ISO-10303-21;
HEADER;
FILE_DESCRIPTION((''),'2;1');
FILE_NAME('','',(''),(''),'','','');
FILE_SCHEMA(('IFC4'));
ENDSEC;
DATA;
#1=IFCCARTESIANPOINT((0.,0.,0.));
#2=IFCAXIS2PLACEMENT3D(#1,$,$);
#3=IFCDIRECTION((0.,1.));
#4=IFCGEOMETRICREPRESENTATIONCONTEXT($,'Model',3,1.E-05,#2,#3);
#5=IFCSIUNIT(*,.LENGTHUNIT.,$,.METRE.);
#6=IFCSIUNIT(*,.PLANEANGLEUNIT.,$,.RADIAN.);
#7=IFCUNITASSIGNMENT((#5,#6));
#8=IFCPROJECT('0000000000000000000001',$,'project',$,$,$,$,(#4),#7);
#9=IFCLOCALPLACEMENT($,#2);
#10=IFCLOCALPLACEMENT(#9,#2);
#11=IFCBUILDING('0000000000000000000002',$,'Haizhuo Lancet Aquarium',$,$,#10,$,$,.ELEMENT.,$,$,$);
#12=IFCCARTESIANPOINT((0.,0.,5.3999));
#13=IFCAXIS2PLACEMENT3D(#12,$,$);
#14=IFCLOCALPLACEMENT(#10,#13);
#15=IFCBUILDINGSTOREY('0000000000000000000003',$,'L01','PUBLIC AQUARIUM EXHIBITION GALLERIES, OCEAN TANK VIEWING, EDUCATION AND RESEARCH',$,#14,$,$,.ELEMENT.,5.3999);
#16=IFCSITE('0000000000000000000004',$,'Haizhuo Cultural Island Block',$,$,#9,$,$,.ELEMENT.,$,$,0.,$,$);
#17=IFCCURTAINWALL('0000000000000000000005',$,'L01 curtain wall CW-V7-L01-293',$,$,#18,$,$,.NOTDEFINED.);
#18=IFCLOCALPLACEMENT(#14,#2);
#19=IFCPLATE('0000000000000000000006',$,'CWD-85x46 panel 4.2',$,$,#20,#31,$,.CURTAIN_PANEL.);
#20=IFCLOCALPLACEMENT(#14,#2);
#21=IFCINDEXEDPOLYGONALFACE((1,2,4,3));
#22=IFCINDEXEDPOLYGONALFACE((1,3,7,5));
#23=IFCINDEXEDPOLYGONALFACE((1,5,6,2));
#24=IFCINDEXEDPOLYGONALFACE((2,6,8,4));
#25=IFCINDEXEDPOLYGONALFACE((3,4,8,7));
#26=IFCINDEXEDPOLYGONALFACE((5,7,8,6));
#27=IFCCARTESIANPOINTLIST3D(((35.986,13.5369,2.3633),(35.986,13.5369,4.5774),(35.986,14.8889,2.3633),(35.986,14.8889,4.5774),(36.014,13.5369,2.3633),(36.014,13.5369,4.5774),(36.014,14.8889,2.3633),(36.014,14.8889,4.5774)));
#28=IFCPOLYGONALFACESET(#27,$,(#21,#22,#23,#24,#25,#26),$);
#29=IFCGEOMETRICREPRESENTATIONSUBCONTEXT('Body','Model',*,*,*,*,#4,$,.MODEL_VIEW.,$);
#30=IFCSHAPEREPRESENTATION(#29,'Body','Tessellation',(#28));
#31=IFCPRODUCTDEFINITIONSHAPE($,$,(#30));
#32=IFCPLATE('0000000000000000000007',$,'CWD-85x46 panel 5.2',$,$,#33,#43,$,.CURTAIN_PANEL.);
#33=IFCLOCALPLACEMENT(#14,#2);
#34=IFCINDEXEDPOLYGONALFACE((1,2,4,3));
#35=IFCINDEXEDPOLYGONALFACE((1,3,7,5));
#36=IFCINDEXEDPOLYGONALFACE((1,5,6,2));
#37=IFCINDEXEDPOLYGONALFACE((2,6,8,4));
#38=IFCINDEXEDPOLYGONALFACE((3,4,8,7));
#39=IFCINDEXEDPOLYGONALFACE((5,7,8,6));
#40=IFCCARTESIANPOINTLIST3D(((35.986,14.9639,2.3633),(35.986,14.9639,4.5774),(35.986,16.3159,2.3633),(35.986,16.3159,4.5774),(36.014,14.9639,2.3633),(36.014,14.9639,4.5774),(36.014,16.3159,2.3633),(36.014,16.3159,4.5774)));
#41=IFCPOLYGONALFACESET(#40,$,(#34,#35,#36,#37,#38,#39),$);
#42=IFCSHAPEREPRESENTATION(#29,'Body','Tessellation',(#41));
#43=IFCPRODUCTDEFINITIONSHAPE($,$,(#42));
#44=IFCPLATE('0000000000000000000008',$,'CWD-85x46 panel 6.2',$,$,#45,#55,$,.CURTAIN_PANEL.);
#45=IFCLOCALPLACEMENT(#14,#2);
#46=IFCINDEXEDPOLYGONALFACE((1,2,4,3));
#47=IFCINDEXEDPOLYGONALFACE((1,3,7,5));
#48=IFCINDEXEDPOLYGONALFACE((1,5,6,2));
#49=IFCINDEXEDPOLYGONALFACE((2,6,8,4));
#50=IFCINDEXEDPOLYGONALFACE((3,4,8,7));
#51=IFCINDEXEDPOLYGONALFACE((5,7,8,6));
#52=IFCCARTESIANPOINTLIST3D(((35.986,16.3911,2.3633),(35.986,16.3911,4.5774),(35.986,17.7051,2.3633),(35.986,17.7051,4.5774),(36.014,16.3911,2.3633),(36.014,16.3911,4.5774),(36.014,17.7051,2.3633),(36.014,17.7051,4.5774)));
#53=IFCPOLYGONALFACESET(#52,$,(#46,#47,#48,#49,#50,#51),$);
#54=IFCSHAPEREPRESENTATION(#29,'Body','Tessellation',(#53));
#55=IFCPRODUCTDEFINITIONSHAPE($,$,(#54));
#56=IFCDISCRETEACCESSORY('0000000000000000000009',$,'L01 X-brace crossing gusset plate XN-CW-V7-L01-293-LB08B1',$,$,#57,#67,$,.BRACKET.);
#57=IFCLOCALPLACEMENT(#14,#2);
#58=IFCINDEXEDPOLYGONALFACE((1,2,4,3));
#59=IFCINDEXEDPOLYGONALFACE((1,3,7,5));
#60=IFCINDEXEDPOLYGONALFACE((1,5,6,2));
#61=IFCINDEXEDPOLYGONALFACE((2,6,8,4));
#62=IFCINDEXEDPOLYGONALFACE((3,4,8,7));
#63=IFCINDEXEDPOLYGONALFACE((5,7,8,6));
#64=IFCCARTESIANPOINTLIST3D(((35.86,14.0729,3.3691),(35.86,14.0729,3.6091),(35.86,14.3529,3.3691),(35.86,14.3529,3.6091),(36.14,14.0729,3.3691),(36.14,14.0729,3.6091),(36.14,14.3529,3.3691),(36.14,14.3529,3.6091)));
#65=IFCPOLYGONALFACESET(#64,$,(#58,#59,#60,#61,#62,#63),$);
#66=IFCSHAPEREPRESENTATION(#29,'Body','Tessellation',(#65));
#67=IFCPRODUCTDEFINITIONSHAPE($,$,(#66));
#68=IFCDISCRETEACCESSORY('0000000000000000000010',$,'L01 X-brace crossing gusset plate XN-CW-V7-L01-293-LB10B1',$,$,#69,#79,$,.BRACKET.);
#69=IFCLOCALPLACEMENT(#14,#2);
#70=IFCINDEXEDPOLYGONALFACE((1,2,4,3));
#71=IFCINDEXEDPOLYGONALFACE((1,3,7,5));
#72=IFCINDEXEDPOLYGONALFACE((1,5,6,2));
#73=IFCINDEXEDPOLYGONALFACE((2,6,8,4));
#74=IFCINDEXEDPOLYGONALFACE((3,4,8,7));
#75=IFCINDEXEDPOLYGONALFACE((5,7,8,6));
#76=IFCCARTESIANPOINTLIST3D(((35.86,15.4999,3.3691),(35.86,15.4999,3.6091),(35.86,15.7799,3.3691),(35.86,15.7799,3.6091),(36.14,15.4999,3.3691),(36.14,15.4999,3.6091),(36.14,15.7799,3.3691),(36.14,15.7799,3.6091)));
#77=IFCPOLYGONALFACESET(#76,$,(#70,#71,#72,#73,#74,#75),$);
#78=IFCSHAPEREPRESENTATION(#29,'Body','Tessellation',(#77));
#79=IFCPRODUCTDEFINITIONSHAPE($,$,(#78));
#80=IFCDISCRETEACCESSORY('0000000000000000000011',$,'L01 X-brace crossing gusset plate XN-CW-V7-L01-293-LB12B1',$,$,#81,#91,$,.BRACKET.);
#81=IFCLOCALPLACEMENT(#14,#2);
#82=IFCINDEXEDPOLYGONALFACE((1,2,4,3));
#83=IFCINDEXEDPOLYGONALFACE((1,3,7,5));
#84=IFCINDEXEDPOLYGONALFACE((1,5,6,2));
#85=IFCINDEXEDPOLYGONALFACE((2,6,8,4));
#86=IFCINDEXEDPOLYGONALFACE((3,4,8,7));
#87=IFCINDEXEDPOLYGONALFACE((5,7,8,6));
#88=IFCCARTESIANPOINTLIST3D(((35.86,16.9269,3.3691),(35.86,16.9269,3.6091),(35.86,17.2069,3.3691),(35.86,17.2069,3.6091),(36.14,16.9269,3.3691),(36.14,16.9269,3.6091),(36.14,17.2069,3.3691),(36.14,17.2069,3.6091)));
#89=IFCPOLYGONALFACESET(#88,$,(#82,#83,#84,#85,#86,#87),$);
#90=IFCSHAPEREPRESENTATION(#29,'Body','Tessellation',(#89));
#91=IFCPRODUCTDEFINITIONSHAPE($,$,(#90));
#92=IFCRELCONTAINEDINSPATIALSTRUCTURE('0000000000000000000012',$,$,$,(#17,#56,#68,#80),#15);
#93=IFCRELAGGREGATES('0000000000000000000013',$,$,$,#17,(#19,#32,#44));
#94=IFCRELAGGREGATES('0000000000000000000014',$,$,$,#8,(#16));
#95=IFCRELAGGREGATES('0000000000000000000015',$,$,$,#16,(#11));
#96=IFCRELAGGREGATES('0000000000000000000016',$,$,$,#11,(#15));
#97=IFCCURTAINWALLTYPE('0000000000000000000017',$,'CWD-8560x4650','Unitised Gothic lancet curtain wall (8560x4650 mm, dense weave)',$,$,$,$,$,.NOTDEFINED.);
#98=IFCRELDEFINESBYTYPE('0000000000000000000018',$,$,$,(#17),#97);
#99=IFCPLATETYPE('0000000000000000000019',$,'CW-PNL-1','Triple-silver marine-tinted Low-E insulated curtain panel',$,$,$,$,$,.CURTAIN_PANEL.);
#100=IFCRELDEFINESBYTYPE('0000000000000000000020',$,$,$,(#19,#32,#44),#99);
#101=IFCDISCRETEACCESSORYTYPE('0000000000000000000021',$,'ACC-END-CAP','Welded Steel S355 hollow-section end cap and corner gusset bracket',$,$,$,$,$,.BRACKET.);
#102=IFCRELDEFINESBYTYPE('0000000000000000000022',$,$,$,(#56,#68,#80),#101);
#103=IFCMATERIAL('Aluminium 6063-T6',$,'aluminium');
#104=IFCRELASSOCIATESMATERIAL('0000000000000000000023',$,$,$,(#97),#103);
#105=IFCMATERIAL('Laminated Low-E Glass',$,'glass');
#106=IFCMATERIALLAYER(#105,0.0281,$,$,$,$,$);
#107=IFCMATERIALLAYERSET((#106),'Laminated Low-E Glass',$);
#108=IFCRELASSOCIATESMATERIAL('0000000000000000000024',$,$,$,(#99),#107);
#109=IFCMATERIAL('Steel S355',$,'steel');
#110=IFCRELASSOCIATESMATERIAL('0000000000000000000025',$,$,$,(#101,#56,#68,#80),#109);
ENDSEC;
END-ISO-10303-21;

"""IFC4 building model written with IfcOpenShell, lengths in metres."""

from ifc_helpers import new_model, si_unit, direction, frame, origin, origin_2d, place, context, subcontext, project, spatial, rectangle, extrude, material, layer, layer_set, type_object, element, aggregate, save


model = new_model("IFC4")

# Units and contexts
model_context = context("Model", 3, precision=1e-05, world=origin(), true_north=direction((0.0, 1.0)))
body_context = subcontext(model_context, "Body", "Model", "MODEL_VIEW")
ifc_project = project(units=[si_unit("LENGTHUNIT", "METRE"), si_unit("PLANEANGLEUNIT", "RADIAN")], contexts=[model_context])

# Site, building, storey
site_placement = place(None, origin())
site = spatial("IfcSite", under=ifc_project, at=site_placement, Name="Haizhuo Cultural Island Block", CompositionType="ELEMENT", RefElevation=0.0)
building_placement = place(site_placement, origin())
building = spatial("IfcBuilding", under=site, at=building_placement, Name="Haizhuo Lancet Aquarium", CompositionType="ELEMENT")
storey_placement = place(building_placement, frame((0.0, 0.0, 5.3999)))
storey = spatial("IfcBuildingStorey", under=building, at=storey_placement, Name="L01", Description="PUBLIC AQUARIUM EXHIBITION GALLERIES, OCEAN TANK VIEWING, EDUCATION AND RESEARCH", CompositionType="ELEMENT", Elevation=5.3999)

# Shared definitions
ifc_material_1 = material(Name="Steel S355", Category="steel")

# Curtain wall
ifc_material_2 = material(Name="Aluminium 6063-T6", Category="aluminium")
curtain_wall_type = type_object("IfcCurtainWallType", Name="CWD-8560x4650", Description="Unitised Gothic lancet curtain wall (8560x4650 mm, dense weave)", PredefinedType="NOTDEFINED", material=ifc_material_2)
curtain_wall_1_placement = place(storey_placement, origin())
curtain_wall_1 = element("IfcCurtainWall", 1, at=curtain_wall_1_placement, inside=storey, type_object=curtain_wall_type, Name="L01 curtain wall CW-V7-L01-293", PredefinedType="NOTDEFINED")

# Plates
ifc_material_3 = material(Name="Laminated Low-E Glass", Category="glass")
ifc_layer = layer(ifc_material_3, 0.0281)
ifc_layer_set = layer_set([ifc_layer], Name="Laminated Low-E Glass")
plate_type = type_object("IfcPlateType", Name="CW-PNL-1", Description="Triple-silver marine-tinted Low-E insulated curtain panel", PredefinedType="CURTAIN_PANEL", material=ifc_layer_set)
plate_1_placement = place(storey_placement, frame((36.0, 14.2129, 2.3633), z_axis=(0.0, 0.0, 1.0), x_axis=(0.0, 1.0, 0.0)))
plate_1 = element("IfcPlate", 2, at=plate_1_placement, type_object=plate_type, Name="CWD-85x46 panel 4.2", PredefinedType="CURTAIN_PANEL", context=body_context, shape_type="SweptSolid", body=[
    extrude(rectangle(XDim=1.3521, YDim=0.0281, at=origin_2d()), origin(), (0.0, 0.0, 1.0), 2.2141),
])
plate_2_placement = place(storey_placement, frame((36.0, 15.6399, 2.3633), z_axis=(0.0, 0.0, 1.0), x_axis=(0.0, 1.0, 0.0)))
plate_2 = element("IfcPlate", 3, at=plate_2_placement, type_object=plate_type, Name="CWD-85x46 panel 5.2", PredefinedType="CURTAIN_PANEL", context=body_context, shape_type="SweptSolid", body=[
    extrude(rectangle(XDim=1.3521, YDim=0.0281, at=origin_2d()), origin(), (0.0, 0.0, 1.0), 2.2141),
])
plate_3_placement = place(storey_placement, frame((36.0, 17.0481, 2.3633), z_axis=(0.0, 0.0, 1.0), x_axis=(0.0, 1.0, 0.0)))
plate_3 = element("IfcPlate", 4, at=plate_3_placement, type_object=plate_type, Name="CWD-85x46 panel 6.2", PredefinedType="CURTAIN_PANEL", context=body_context, shape_type="SweptSolid", body=[
    extrude(rectangle(XDim=1.314, YDim=0.0281, at=origin_2d()), origin(), (0.0, 0.0, 1.0), 2.2141),
])
aggregate(curtain_wall_1, [plate_1, plate_2, plate_3])

# Discrete accessories
discrete_accessory_type = type_object("IfcDiscreteAccessoryType", Name="ACC-END-CAP", Description="Welded Steel S355 hollow-section end cap and corner gusset bracket", PredefinedType="BRACKET", material=ifc_material_1)
for number, where, z_axis, x_axis, name in (
    (5, (36.0, 14.2129, 3.3691), (0.0, 0.0, 1.0), (1.0, 0.0, 0.0), "L01 X-brace crossing gusset plate XN-CW-V7-L01-293-LB08B1"),
    (6, (36.0, 15.6399, 3.3691), (0.0, 0.0, 1.0), (1.0, 0.0, 0.0), "L01 X-brace crossing gusset plate XN-CW-V7-L01-293-LB10B1"),
    (7, (36.0, 17.0669, 3.3691), (0.0, 0.0, 1.0), (1.0, 0.0, 0.0), "L01 X-brace crossing gusset plate XN-CW-V7-L01-293-LB12B1"),
):
    element("IfcDiscreteAccessory", number, at=place(storey_placement, frame(where, z_axis=z_axis, x_axis=x_axis)), inside=storey, type_object=discrete_accessory_type, material=ifc_material_1, Name=name, PredefinedType="BRACKET", context=body_context, shape_type="SweptSolid", body=[
        extrude(rectangle(XDim=0.28, YDim=0.28, at=origin_2d()), origin(), (0.0, 0.0, 1.0), 0.24),
    ])

save(model, "model.ifc")
